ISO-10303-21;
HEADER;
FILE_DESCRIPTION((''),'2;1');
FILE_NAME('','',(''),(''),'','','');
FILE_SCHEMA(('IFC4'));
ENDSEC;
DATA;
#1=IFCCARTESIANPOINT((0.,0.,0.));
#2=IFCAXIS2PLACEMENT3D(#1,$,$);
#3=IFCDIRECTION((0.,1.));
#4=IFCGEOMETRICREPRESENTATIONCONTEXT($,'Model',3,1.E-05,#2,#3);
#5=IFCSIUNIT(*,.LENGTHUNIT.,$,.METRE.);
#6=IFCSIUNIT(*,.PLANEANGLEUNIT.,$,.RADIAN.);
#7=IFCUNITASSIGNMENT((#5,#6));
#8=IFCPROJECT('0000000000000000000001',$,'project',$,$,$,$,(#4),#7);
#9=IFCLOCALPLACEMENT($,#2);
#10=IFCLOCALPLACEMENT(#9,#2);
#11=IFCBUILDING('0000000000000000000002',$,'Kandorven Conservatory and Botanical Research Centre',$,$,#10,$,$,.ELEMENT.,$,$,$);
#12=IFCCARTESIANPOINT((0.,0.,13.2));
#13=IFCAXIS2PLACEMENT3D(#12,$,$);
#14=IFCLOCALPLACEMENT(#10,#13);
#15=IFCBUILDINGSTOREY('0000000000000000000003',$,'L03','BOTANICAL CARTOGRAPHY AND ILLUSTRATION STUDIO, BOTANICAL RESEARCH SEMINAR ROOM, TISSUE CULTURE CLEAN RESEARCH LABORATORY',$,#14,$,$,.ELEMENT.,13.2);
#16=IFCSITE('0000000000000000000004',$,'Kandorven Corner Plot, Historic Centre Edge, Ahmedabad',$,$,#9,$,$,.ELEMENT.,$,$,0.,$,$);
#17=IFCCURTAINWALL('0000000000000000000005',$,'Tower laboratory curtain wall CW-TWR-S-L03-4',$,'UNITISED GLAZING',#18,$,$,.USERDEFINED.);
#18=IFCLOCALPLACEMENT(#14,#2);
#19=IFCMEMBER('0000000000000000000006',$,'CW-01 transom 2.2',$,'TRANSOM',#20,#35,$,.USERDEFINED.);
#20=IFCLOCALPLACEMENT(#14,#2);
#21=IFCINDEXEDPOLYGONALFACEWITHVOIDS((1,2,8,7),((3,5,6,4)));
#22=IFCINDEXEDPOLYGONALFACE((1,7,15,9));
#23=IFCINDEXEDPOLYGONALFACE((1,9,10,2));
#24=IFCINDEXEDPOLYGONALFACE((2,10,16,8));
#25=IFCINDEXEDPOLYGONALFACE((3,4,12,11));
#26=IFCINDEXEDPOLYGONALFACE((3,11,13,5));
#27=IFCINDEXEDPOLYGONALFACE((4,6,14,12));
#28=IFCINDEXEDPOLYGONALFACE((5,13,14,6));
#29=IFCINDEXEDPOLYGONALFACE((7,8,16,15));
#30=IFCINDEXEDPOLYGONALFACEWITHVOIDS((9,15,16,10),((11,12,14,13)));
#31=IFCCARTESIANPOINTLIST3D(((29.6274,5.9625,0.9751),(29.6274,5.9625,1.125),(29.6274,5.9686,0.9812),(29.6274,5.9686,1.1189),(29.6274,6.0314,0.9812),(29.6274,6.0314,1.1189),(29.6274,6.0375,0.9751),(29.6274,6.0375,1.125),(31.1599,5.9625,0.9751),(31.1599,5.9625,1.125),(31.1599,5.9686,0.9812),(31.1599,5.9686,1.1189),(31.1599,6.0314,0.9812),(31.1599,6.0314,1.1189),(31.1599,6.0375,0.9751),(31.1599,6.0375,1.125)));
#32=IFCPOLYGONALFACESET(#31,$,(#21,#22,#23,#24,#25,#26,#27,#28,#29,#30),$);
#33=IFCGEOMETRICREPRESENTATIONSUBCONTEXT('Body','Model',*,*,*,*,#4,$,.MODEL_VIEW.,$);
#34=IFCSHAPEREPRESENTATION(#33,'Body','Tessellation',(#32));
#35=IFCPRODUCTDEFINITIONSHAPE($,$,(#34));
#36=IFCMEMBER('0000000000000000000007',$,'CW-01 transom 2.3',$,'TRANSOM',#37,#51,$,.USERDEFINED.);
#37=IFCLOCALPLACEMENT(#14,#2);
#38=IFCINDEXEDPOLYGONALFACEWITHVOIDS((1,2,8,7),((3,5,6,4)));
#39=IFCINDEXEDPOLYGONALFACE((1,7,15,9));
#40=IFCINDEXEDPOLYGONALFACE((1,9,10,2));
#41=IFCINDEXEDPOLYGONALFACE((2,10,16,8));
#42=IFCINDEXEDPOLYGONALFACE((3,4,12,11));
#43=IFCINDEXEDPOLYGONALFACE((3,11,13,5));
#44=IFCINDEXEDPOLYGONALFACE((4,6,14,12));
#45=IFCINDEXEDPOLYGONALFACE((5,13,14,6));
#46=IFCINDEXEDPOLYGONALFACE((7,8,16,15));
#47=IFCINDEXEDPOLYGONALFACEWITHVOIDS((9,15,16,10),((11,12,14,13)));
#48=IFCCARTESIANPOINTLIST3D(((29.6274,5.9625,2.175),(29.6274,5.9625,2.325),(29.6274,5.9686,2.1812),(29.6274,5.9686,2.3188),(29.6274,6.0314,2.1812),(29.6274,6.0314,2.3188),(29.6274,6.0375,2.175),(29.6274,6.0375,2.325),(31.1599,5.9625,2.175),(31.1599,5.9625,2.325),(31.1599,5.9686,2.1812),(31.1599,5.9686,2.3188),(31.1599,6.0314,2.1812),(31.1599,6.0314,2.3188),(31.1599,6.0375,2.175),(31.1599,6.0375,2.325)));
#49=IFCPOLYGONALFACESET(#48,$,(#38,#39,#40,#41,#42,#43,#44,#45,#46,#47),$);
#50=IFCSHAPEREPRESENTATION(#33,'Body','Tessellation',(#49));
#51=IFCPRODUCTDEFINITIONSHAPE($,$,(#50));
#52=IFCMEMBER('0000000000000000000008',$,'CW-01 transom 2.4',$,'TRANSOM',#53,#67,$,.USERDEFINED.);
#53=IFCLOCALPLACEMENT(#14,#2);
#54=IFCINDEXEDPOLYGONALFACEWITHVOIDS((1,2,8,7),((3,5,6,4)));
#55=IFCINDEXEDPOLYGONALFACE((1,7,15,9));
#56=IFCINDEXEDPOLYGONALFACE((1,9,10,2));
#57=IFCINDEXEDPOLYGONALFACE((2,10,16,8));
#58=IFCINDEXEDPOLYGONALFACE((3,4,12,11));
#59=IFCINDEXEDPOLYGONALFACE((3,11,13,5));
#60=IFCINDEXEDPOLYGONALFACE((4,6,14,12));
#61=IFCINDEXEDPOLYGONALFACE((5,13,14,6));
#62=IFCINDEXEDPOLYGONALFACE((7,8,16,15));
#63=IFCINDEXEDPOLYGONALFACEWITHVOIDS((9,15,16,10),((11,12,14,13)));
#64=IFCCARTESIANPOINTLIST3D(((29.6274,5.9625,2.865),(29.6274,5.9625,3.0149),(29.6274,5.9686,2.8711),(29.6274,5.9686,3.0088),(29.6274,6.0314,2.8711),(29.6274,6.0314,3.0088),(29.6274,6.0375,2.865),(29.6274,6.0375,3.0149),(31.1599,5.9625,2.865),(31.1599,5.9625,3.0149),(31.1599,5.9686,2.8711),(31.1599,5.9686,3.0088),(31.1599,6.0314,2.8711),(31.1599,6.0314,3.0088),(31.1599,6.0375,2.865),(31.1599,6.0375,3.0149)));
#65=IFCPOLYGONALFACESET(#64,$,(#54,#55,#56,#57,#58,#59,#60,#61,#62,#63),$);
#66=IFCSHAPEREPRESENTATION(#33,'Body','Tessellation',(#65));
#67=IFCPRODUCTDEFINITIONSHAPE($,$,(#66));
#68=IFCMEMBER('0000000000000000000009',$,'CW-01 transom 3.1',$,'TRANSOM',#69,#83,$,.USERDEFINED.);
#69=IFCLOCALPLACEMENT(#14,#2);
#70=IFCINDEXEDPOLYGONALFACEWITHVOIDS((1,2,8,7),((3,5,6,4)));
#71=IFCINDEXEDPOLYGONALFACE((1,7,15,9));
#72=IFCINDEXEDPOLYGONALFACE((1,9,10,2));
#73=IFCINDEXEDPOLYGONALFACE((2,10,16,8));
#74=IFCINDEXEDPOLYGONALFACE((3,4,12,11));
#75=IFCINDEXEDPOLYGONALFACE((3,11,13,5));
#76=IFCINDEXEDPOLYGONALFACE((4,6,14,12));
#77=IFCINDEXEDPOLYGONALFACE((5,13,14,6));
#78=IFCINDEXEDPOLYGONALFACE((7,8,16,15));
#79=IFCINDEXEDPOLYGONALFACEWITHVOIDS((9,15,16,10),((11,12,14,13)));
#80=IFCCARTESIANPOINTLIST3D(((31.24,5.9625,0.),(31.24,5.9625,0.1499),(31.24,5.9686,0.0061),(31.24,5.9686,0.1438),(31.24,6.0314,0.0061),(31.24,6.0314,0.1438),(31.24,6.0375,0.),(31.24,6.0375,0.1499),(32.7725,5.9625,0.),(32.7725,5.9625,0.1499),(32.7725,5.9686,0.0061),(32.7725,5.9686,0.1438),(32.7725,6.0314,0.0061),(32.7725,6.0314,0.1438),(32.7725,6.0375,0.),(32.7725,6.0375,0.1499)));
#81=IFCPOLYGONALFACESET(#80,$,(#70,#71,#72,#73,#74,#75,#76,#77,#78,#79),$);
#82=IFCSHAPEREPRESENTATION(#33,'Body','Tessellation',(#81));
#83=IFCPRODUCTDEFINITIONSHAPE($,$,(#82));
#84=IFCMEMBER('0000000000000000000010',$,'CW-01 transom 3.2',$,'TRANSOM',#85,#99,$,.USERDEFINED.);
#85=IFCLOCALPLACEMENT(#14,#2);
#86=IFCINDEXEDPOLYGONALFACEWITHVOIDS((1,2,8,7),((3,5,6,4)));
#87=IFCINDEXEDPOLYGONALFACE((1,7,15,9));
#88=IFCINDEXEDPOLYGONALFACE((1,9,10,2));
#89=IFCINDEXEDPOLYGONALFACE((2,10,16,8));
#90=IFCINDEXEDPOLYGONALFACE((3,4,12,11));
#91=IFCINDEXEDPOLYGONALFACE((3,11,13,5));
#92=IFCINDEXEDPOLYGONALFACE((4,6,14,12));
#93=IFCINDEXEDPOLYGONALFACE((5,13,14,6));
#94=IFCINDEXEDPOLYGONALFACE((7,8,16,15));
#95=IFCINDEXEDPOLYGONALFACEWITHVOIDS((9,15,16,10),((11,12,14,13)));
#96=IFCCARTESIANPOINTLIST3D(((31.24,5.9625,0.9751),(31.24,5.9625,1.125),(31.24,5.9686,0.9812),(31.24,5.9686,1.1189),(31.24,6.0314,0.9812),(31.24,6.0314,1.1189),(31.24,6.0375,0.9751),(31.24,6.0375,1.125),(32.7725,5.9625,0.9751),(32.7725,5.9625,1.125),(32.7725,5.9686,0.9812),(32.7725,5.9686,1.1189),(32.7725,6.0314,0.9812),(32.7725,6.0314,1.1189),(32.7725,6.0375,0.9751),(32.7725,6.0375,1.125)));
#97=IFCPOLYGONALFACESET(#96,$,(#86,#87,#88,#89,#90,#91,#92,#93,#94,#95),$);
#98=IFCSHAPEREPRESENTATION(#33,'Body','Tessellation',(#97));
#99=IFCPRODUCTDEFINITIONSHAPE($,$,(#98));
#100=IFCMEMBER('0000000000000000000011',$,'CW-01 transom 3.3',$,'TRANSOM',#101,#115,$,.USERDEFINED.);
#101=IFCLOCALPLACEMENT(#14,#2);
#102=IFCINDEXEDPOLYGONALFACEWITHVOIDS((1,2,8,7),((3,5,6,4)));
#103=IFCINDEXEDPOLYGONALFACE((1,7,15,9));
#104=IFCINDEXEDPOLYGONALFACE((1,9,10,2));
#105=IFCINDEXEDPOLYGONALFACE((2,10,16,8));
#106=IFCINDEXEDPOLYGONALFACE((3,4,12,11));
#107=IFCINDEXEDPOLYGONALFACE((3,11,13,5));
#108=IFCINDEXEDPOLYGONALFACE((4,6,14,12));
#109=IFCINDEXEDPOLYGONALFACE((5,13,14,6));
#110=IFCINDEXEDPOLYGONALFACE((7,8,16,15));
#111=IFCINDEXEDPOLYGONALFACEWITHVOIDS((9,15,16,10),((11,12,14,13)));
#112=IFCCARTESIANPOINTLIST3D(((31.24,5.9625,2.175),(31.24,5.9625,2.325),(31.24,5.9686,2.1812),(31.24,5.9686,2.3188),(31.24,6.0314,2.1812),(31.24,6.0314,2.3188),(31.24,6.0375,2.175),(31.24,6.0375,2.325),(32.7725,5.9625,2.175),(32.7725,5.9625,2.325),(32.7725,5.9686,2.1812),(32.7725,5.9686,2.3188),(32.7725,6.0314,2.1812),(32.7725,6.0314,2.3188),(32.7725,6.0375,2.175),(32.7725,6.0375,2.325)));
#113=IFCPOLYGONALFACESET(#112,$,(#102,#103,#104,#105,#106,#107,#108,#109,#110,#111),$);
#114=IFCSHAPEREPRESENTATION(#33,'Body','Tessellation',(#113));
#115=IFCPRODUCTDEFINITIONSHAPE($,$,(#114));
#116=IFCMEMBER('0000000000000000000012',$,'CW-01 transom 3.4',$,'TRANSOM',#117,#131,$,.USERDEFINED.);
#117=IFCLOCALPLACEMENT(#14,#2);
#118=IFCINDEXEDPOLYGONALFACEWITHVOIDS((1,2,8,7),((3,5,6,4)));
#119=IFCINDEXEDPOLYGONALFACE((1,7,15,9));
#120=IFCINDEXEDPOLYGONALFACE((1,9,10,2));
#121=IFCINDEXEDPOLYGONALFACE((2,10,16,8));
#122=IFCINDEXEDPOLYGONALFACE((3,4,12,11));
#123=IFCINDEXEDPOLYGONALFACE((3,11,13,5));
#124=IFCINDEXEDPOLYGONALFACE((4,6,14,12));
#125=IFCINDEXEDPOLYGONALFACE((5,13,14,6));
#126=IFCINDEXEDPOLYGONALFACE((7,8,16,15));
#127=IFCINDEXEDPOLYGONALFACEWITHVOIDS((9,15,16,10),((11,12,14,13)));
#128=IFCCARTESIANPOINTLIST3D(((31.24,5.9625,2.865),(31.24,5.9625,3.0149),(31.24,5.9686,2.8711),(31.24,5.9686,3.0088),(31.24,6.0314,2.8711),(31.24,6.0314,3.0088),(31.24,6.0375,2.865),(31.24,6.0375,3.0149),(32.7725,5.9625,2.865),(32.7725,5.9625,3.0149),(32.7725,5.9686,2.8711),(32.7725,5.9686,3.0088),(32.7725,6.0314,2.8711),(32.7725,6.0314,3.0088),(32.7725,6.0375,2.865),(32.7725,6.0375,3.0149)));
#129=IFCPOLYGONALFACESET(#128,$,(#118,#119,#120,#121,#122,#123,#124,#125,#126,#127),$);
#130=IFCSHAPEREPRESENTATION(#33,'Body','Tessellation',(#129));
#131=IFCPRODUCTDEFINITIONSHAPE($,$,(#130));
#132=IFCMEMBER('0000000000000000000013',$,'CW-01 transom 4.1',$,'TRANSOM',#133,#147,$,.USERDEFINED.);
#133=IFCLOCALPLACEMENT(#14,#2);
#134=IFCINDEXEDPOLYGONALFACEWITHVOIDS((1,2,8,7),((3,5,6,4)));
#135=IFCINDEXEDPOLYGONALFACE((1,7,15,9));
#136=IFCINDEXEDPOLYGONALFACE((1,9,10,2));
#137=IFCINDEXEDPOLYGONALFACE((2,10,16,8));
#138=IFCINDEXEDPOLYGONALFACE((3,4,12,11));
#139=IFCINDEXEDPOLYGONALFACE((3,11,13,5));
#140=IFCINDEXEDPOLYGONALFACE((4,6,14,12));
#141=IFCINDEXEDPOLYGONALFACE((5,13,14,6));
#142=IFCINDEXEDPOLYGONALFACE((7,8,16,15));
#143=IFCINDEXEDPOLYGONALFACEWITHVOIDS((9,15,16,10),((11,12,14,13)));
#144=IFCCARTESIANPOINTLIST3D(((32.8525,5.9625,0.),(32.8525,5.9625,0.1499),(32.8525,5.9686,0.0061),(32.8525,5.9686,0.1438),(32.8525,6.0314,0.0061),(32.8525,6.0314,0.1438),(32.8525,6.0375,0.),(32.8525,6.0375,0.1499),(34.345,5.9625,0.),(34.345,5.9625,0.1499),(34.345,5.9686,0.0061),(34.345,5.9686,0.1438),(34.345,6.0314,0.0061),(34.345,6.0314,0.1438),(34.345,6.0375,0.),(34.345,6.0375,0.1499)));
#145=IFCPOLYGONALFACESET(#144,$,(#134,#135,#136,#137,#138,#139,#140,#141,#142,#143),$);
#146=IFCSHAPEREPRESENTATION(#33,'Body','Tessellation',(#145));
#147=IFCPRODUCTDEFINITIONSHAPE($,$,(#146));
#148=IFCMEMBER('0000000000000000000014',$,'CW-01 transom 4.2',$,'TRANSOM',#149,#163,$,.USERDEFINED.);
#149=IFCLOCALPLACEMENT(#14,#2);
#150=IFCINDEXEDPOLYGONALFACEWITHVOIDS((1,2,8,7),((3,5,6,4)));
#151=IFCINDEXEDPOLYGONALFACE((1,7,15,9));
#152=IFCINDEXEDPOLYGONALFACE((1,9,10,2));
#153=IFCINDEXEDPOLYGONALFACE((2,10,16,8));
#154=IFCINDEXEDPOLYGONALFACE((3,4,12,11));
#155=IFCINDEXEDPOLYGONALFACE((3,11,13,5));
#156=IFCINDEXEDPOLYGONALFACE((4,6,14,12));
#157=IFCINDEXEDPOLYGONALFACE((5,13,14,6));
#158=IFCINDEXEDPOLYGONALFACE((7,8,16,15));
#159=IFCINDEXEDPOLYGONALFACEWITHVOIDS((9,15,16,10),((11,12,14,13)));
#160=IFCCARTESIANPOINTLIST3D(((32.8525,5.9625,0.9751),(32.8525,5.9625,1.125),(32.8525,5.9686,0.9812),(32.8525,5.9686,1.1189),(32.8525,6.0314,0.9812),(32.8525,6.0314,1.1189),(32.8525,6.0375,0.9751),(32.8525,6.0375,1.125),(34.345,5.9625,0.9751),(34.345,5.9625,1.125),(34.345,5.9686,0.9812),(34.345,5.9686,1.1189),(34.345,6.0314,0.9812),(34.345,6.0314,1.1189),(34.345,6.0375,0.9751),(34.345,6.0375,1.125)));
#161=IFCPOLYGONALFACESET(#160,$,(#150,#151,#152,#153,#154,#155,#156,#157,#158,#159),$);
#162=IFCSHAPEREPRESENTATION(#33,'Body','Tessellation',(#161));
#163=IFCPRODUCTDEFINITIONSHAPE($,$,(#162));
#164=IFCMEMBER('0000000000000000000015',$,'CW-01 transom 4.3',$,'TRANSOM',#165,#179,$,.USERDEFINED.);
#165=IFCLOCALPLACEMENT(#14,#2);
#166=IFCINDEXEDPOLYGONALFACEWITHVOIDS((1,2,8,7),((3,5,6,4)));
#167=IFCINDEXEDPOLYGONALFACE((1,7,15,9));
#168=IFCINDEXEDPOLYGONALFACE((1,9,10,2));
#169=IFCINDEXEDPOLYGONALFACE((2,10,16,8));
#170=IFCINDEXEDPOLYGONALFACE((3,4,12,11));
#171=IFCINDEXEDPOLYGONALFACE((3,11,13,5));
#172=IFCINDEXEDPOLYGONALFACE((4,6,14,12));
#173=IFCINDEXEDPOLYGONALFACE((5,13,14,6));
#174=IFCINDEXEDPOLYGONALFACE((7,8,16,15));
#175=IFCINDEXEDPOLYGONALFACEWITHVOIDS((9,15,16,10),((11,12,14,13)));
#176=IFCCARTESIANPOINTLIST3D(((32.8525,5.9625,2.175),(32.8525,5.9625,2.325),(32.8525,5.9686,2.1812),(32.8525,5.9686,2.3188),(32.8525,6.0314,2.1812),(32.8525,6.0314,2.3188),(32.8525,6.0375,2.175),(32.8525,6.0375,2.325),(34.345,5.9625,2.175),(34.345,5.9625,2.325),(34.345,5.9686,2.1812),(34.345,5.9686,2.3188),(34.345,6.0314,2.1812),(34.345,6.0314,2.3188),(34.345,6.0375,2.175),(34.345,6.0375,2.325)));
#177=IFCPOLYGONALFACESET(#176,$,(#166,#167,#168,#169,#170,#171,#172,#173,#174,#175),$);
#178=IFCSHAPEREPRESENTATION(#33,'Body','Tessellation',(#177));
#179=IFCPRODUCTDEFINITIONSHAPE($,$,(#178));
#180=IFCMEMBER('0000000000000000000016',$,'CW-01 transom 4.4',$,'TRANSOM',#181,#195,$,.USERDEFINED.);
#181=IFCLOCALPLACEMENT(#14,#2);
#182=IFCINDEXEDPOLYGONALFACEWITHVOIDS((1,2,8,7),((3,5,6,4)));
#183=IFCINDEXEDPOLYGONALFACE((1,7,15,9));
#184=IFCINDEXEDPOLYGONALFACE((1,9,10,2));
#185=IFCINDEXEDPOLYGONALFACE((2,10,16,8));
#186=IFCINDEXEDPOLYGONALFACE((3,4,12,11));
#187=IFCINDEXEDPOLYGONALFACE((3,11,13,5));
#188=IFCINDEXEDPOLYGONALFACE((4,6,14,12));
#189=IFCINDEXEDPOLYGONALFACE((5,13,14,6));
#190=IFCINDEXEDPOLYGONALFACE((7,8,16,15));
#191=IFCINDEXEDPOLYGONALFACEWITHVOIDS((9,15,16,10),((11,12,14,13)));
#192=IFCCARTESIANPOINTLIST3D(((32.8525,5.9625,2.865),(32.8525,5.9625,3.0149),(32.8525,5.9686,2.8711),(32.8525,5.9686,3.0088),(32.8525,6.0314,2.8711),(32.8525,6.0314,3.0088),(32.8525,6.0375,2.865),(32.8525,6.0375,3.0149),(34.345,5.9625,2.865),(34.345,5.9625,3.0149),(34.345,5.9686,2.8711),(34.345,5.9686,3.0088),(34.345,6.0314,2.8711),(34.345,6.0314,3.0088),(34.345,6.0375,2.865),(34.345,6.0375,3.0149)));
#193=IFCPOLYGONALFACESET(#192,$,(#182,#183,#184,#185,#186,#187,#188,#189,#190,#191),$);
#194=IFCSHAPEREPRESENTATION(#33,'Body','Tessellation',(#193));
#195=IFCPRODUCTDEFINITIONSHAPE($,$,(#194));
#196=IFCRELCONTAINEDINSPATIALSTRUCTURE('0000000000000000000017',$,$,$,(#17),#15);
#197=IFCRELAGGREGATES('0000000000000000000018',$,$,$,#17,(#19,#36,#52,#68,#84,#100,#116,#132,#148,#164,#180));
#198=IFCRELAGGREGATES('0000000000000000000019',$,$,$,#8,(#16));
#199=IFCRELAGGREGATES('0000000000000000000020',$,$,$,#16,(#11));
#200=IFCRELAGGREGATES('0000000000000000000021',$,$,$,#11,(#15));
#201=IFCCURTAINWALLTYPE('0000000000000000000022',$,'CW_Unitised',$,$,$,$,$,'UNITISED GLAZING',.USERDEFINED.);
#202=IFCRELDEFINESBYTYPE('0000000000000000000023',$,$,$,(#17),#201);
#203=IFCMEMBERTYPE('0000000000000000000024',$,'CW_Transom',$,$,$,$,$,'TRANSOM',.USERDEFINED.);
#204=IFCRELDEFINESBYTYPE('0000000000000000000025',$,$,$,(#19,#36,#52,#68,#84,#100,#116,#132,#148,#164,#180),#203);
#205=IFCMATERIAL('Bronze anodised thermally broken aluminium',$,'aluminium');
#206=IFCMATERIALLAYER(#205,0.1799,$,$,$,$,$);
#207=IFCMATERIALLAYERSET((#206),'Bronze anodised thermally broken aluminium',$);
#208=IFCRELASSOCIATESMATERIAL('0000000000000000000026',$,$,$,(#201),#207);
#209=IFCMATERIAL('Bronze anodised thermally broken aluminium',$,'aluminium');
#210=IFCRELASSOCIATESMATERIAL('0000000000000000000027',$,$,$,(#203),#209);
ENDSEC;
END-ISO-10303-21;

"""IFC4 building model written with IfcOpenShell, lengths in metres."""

from ifc_helpers import new_model, si_unit, direction, frame, origin, origin_2d, place, context, subcontext, project, spatial, hollow_rectangle, extrude, material, layer, layer_set, material_profile, profile_set, type_object, element, aggregate, save


model = new_model("IFC4")

# Units and contexts
model_context = context("Model", 3, precision=1e-05, world=origin(), true_north=direction((0.0, 1.0)))
body_context = subcontext(model_context, "Body", "Model", "MODEL_VIEW")
ifc_project = project(units=[si_unit("LENGTHUNIT", "METRE"), si_unit("PLANEANGLEUNIT", "RADIAN")], contexts=[model_context])

# Site, building, storey
site_placement = place(None, origin())
site = spatial("IfcSite", under=ifc_project, at=site_placement, Name="Kandorven Corner Plot, Historic Centre Edge, Ahmedabad", CompositionType="ELEMENT", RefElevation=0.0)
building_placement = place(site_placement, origin())
building = spatial("IfcBuilding", under=site, at=building_placement, Name="Kandorven Conservatory and Botanical Research Centre", CompositionType="ELEMENT")
storey_placement = place(building_placement, frame((0.0, 0.0, 13.2)))
storey = spatial("IfcBuildingStorey", under=building, at=storey_placement, Name="L03", Description="BOTANICAL CARTOGRAPHY AND ILLUSTRATION STUDIO, BOTANICAL RESEARCH SEMINAR ROOM, TISSUE CULTURE CLEAN RESEARCH LABORATORY", CompositionType="ELEMENT", Elevation=13.2)

# Curtain wall, members
ifc_material_1 = material(Name="Bronze anodised thermally broken aluminium", Category="aluminium")
ifc_layer_1 = layer(ifc_material_1, 0.1799)
ifc_layer_set_1 = layer_set([ifc_layer_1], Name="Bronze anodised thermally broken aluminium")
curtain_wall_type = type_object("IfcCurtainWallType", Name="CW_Unitised", ElementType="UNITISED GLAZING", PredefinedType="USERDEFINED", material=ifc_layer_set_1)
curtain_wall_placement = place(storey_placement, origin())
curtain_wall = element("IfcCurtainWall", 1, at=curtain_wall_placement, inside=storey, type_object=curtain_wall_type, Name="Tower laboratory curtain wall CW-TWR-S-L03-4", ObjectType="UNITISED GLAZING", PredefinedType="USERDEFINED")
ifc_material_2 = material(Name="Bronze anodised thermally broken aluminium", Category="aluminium")
ifc_material_profile_1 = material_profile(ifc_material_2, hollow_rectangle(XDim=0.075, YDim=0.1499, WallThickness=0.0061, at=origin_2d()))
ifc_profile_set_1 = profile_set([ifc_material_profile_1], Name="Bronze anodised thermally broken aluminium")
member_type_1 = type_object("IfcMemberType", Name="CW_Transom", ElementType="TRANSOM", PredefinedType="USERDEFINED", material=ifc_profile_set_1)
member_1_placement = place(storey_placement, frame((29.6274, 6.0, 1.05), z_axis=(1.0, 0.0, 0.0), x_axis=(0.0, 1.0, 0.0)))
member_1 = element("IfcMember", 2, at=member_1_placement, type_object=member_type_1, Name="CW-01 transom 2.2", ObjectType="TRANSOM", PredefinedType="USERDEFINED", context=body_context, shape_type="SweptSolid", body=[
    extrude(hollow_rectangle(XDim=0.075, YDim=0.1499, WallThickness=0.0061, at=origin_2d()), origin(), (0.0, 0.0, 1.0), 1.5325),
])
member_2_placement = place(storey_placement, frame((29.6274, 6.0, 2.25), z_axis=(1.0, 0.0, 0.0), x_axis=(0.0, 1.0, 0.0)))
member_2 = element("IfcMember", 3, at=member_2_placement, type_object=member_type_1, Name="CW-01 transom 2.3", ObjectType="TRANSOM", PredefinedType="USERDEFINED", context=body_context, shape_type="SweptSolid", body=[
    extrude(hollow_rectangle(XDim=0.075, YDim=0.1499, WallThickness=0.0061, at=origin_2d()), origin(), (0.0, 0.0, 1.0), 1.5325),
])
member_3_placement = place(storey_placement, frame((29.6274, 6.0, 2.9399), z_axis=(1.0, 0.0, 0.0), x_axis=(0.0, 1.0, 0.0)))
member_3 = element("IfcMember", 4, at=member_3_placement, type_object=member_type_1, Name="CW-01 transom 2.4", ObjectType="TRANSOM", PredefinedType="USERDEFINED", context=body_context, shape_type="SweptSolid", body=[
    extrude(hollow_rectangle(XDim=0.075, YDim=0.1499, WallThickness=0.0061, at=origin_2d()), origin(), (0.0, 0.0, 1.0), 1.5325),
])
member_4_placement = place(storey_placement, frame((31.24, 6.0, 0.075), z_axis=(1.0, 0.0, 0.0), x_axis=(0.0, 1.0, 0.0)))
member_4 = element("IfcMember", 5, at=member_4_placement, type_object=member_type_1, Name="CW-01 transom 3.1", ObjectType="TRANSOM", PredefinedType="USERDEFINED", context=body_context, shape_type="SweptSolid", body=[
    extrude(hollow_rectangle(XDim=0.075, YDim=0.1499, WallThickness=0.0061, at=origin_2d()), origin(), (0.0, 0.0, 1.0), 1.5325),
])
member_5_placement = place(storey_placement, frame((31.24, 6.0, 1.05), z_axis=(1.0, 0.0, 0.0), x_axis=(0.0, 1.0, 0.0)))
member_5 = element("IfcMember", 6, at=member_5_placement, type_object=member_type_1, Name="CW-01 transom 3.2", ObjectType="TRANSOM", PredefinedType="USERDEFINED", context=body_context, shape_type="SweptSolid", body=[
    extrude(hollow_rectangle(XDim=0.075, YDim=0.1499, WallThickness=0.0061, at=origin_2d()), origin(), (0.0, 0.0, 1.0), 1.5325),
])
member_6_placement = place(storey_placement, frame((31.24, 6.0, 2.25), z_axis=(1.0, 0.0, 0.0), x_axis=(0.0, 1.0, 0.0)))
member_6 = element("IfcMember", 7, at=member_6_placement, type_object=member_type_1, Name="CW-01 transom 3.3", ObjectType="TRANSOM", PredefinedType="USERDEFINED", context=body_context, shape_type="SweptSolid", body=[
    extrude(hollow_rectangle(XDim=0.075, YDim=0.1499, WallThickness=0.0061, at=origin_2d()), origin(), (0.0, 0.0, 1.0), 1.5325),
])
member_7_placement = place(storey_placement, frame((31.24, 6.0, 2.9399), z_axis=(1.0, 0.0, 0.0), x_axis=(0.0, 1.0, 0.0)))
member_7 = element("IfcMember", 8, at=member_7_placement, type_object=member_type_1, Name="CW-01 transom 3.4", ObjectType="TRANSOM", PredefinedType="USERDEFINED", context=body_context, shape_type="SweptSolid", body=[
    extrude(hollow_rectangle(XDim=0.075, YDim=0.1499, WallThickness=0.0061, at=origin_2d()), origin(), (0.0, 0.0, 1.0), 1.5325),
])
member_8_placement = place(storey_placement, frame((32.8525, 6.0, 0.075), z_axis=(1.0, 0.0, 0.0), x_axis=(0.0, 1.0, 0.0)))
member_8 = element("IfcMember", 9, at=member_8_placement, type_object=member_type_1, Name="CW-01 transom 4.1", ObjectType="TRANSOM", PredefinedType="USERDEFINED", context=body_context, shape_type="SweptSolid", body=[
    extrude(hollow_rectangle(XDim=0.075, YDim=0.1499, WallThickness=0.0061, at=origin_2d()), origin(), (0.0, 0.0, 1.0), 1.4924),
])
member_9_placement = place(storey_placement, frame((32.8525, 6.0, 1.05), z_axis=(1.0, 0.0, 0.0), x_axis=(0.0, 1.0, 0.0)))
member_9 = element("IfcMember", 10, at=member_9_placement, type_object=member_type_1, Name="CW-01 transom 4.2", ObjectType="TRANSOM", PredefinedType="USERDEFINED", context=body_context, shape_type="SweptSolid", body=[
    extrude(hollow_rectangle(XDim=0.075, YDim=0.1499, WallThickness=0.0061, at=origin_2d()), origin(), (0.0, 0.0, 1.0), 1.4924),
])
member_10_placement = place(storey_placement, frame((32.8525, 6.0, 2.25), z_axis=(1.0, 0.0, 0.0), x_axis=(0.0, 1.0, 0.0)))
member_10 = element("IfcMember", 11, at=member_10_placement, type_object=member_type_1, Name="CW-01 transom 4.3", ObjectType="TRANSOM", PredefinedType="USERDEFINED", context=body_context, shape_type="SweptSolid", body=[
    extrude(hollow_rectangle(XDim=0.075, YDim=0.1499, WallThickness=0.0061, at=origin_2d()), origin(), (0.0, 0.0, 1.0), 1.4924),
])
member_11_placement = place(storey_placement, frame((32.8525, 6.0, 2.9399), z_axis=(1.0, 0.0, 0.0), x_axis=(0.0, 1.0, 0.0)))
member_11 = element("IfcMember", 12, at=member_11_placement, type_object=member_type_1, Name="CW-01 transom 4.4", ObjectType="TRANSOM", PredefinedType="USERDEFINED", context=body_context, shape_type="SweptSolid", body=[
    extrude(hollow_rectangle(XDim=0.075, YDim=0.1499, WallThickness=0.0061, at=origin_2d()), origin(), (0.0, 0.0, 1.0), 1.4924),
])
aggregate(curtain_wall, [member_1, member_2, member_3, member_4, member_5, member_6, member_7, member_8, member_9, member_10, member_11])

save(model, "model.ifc")
